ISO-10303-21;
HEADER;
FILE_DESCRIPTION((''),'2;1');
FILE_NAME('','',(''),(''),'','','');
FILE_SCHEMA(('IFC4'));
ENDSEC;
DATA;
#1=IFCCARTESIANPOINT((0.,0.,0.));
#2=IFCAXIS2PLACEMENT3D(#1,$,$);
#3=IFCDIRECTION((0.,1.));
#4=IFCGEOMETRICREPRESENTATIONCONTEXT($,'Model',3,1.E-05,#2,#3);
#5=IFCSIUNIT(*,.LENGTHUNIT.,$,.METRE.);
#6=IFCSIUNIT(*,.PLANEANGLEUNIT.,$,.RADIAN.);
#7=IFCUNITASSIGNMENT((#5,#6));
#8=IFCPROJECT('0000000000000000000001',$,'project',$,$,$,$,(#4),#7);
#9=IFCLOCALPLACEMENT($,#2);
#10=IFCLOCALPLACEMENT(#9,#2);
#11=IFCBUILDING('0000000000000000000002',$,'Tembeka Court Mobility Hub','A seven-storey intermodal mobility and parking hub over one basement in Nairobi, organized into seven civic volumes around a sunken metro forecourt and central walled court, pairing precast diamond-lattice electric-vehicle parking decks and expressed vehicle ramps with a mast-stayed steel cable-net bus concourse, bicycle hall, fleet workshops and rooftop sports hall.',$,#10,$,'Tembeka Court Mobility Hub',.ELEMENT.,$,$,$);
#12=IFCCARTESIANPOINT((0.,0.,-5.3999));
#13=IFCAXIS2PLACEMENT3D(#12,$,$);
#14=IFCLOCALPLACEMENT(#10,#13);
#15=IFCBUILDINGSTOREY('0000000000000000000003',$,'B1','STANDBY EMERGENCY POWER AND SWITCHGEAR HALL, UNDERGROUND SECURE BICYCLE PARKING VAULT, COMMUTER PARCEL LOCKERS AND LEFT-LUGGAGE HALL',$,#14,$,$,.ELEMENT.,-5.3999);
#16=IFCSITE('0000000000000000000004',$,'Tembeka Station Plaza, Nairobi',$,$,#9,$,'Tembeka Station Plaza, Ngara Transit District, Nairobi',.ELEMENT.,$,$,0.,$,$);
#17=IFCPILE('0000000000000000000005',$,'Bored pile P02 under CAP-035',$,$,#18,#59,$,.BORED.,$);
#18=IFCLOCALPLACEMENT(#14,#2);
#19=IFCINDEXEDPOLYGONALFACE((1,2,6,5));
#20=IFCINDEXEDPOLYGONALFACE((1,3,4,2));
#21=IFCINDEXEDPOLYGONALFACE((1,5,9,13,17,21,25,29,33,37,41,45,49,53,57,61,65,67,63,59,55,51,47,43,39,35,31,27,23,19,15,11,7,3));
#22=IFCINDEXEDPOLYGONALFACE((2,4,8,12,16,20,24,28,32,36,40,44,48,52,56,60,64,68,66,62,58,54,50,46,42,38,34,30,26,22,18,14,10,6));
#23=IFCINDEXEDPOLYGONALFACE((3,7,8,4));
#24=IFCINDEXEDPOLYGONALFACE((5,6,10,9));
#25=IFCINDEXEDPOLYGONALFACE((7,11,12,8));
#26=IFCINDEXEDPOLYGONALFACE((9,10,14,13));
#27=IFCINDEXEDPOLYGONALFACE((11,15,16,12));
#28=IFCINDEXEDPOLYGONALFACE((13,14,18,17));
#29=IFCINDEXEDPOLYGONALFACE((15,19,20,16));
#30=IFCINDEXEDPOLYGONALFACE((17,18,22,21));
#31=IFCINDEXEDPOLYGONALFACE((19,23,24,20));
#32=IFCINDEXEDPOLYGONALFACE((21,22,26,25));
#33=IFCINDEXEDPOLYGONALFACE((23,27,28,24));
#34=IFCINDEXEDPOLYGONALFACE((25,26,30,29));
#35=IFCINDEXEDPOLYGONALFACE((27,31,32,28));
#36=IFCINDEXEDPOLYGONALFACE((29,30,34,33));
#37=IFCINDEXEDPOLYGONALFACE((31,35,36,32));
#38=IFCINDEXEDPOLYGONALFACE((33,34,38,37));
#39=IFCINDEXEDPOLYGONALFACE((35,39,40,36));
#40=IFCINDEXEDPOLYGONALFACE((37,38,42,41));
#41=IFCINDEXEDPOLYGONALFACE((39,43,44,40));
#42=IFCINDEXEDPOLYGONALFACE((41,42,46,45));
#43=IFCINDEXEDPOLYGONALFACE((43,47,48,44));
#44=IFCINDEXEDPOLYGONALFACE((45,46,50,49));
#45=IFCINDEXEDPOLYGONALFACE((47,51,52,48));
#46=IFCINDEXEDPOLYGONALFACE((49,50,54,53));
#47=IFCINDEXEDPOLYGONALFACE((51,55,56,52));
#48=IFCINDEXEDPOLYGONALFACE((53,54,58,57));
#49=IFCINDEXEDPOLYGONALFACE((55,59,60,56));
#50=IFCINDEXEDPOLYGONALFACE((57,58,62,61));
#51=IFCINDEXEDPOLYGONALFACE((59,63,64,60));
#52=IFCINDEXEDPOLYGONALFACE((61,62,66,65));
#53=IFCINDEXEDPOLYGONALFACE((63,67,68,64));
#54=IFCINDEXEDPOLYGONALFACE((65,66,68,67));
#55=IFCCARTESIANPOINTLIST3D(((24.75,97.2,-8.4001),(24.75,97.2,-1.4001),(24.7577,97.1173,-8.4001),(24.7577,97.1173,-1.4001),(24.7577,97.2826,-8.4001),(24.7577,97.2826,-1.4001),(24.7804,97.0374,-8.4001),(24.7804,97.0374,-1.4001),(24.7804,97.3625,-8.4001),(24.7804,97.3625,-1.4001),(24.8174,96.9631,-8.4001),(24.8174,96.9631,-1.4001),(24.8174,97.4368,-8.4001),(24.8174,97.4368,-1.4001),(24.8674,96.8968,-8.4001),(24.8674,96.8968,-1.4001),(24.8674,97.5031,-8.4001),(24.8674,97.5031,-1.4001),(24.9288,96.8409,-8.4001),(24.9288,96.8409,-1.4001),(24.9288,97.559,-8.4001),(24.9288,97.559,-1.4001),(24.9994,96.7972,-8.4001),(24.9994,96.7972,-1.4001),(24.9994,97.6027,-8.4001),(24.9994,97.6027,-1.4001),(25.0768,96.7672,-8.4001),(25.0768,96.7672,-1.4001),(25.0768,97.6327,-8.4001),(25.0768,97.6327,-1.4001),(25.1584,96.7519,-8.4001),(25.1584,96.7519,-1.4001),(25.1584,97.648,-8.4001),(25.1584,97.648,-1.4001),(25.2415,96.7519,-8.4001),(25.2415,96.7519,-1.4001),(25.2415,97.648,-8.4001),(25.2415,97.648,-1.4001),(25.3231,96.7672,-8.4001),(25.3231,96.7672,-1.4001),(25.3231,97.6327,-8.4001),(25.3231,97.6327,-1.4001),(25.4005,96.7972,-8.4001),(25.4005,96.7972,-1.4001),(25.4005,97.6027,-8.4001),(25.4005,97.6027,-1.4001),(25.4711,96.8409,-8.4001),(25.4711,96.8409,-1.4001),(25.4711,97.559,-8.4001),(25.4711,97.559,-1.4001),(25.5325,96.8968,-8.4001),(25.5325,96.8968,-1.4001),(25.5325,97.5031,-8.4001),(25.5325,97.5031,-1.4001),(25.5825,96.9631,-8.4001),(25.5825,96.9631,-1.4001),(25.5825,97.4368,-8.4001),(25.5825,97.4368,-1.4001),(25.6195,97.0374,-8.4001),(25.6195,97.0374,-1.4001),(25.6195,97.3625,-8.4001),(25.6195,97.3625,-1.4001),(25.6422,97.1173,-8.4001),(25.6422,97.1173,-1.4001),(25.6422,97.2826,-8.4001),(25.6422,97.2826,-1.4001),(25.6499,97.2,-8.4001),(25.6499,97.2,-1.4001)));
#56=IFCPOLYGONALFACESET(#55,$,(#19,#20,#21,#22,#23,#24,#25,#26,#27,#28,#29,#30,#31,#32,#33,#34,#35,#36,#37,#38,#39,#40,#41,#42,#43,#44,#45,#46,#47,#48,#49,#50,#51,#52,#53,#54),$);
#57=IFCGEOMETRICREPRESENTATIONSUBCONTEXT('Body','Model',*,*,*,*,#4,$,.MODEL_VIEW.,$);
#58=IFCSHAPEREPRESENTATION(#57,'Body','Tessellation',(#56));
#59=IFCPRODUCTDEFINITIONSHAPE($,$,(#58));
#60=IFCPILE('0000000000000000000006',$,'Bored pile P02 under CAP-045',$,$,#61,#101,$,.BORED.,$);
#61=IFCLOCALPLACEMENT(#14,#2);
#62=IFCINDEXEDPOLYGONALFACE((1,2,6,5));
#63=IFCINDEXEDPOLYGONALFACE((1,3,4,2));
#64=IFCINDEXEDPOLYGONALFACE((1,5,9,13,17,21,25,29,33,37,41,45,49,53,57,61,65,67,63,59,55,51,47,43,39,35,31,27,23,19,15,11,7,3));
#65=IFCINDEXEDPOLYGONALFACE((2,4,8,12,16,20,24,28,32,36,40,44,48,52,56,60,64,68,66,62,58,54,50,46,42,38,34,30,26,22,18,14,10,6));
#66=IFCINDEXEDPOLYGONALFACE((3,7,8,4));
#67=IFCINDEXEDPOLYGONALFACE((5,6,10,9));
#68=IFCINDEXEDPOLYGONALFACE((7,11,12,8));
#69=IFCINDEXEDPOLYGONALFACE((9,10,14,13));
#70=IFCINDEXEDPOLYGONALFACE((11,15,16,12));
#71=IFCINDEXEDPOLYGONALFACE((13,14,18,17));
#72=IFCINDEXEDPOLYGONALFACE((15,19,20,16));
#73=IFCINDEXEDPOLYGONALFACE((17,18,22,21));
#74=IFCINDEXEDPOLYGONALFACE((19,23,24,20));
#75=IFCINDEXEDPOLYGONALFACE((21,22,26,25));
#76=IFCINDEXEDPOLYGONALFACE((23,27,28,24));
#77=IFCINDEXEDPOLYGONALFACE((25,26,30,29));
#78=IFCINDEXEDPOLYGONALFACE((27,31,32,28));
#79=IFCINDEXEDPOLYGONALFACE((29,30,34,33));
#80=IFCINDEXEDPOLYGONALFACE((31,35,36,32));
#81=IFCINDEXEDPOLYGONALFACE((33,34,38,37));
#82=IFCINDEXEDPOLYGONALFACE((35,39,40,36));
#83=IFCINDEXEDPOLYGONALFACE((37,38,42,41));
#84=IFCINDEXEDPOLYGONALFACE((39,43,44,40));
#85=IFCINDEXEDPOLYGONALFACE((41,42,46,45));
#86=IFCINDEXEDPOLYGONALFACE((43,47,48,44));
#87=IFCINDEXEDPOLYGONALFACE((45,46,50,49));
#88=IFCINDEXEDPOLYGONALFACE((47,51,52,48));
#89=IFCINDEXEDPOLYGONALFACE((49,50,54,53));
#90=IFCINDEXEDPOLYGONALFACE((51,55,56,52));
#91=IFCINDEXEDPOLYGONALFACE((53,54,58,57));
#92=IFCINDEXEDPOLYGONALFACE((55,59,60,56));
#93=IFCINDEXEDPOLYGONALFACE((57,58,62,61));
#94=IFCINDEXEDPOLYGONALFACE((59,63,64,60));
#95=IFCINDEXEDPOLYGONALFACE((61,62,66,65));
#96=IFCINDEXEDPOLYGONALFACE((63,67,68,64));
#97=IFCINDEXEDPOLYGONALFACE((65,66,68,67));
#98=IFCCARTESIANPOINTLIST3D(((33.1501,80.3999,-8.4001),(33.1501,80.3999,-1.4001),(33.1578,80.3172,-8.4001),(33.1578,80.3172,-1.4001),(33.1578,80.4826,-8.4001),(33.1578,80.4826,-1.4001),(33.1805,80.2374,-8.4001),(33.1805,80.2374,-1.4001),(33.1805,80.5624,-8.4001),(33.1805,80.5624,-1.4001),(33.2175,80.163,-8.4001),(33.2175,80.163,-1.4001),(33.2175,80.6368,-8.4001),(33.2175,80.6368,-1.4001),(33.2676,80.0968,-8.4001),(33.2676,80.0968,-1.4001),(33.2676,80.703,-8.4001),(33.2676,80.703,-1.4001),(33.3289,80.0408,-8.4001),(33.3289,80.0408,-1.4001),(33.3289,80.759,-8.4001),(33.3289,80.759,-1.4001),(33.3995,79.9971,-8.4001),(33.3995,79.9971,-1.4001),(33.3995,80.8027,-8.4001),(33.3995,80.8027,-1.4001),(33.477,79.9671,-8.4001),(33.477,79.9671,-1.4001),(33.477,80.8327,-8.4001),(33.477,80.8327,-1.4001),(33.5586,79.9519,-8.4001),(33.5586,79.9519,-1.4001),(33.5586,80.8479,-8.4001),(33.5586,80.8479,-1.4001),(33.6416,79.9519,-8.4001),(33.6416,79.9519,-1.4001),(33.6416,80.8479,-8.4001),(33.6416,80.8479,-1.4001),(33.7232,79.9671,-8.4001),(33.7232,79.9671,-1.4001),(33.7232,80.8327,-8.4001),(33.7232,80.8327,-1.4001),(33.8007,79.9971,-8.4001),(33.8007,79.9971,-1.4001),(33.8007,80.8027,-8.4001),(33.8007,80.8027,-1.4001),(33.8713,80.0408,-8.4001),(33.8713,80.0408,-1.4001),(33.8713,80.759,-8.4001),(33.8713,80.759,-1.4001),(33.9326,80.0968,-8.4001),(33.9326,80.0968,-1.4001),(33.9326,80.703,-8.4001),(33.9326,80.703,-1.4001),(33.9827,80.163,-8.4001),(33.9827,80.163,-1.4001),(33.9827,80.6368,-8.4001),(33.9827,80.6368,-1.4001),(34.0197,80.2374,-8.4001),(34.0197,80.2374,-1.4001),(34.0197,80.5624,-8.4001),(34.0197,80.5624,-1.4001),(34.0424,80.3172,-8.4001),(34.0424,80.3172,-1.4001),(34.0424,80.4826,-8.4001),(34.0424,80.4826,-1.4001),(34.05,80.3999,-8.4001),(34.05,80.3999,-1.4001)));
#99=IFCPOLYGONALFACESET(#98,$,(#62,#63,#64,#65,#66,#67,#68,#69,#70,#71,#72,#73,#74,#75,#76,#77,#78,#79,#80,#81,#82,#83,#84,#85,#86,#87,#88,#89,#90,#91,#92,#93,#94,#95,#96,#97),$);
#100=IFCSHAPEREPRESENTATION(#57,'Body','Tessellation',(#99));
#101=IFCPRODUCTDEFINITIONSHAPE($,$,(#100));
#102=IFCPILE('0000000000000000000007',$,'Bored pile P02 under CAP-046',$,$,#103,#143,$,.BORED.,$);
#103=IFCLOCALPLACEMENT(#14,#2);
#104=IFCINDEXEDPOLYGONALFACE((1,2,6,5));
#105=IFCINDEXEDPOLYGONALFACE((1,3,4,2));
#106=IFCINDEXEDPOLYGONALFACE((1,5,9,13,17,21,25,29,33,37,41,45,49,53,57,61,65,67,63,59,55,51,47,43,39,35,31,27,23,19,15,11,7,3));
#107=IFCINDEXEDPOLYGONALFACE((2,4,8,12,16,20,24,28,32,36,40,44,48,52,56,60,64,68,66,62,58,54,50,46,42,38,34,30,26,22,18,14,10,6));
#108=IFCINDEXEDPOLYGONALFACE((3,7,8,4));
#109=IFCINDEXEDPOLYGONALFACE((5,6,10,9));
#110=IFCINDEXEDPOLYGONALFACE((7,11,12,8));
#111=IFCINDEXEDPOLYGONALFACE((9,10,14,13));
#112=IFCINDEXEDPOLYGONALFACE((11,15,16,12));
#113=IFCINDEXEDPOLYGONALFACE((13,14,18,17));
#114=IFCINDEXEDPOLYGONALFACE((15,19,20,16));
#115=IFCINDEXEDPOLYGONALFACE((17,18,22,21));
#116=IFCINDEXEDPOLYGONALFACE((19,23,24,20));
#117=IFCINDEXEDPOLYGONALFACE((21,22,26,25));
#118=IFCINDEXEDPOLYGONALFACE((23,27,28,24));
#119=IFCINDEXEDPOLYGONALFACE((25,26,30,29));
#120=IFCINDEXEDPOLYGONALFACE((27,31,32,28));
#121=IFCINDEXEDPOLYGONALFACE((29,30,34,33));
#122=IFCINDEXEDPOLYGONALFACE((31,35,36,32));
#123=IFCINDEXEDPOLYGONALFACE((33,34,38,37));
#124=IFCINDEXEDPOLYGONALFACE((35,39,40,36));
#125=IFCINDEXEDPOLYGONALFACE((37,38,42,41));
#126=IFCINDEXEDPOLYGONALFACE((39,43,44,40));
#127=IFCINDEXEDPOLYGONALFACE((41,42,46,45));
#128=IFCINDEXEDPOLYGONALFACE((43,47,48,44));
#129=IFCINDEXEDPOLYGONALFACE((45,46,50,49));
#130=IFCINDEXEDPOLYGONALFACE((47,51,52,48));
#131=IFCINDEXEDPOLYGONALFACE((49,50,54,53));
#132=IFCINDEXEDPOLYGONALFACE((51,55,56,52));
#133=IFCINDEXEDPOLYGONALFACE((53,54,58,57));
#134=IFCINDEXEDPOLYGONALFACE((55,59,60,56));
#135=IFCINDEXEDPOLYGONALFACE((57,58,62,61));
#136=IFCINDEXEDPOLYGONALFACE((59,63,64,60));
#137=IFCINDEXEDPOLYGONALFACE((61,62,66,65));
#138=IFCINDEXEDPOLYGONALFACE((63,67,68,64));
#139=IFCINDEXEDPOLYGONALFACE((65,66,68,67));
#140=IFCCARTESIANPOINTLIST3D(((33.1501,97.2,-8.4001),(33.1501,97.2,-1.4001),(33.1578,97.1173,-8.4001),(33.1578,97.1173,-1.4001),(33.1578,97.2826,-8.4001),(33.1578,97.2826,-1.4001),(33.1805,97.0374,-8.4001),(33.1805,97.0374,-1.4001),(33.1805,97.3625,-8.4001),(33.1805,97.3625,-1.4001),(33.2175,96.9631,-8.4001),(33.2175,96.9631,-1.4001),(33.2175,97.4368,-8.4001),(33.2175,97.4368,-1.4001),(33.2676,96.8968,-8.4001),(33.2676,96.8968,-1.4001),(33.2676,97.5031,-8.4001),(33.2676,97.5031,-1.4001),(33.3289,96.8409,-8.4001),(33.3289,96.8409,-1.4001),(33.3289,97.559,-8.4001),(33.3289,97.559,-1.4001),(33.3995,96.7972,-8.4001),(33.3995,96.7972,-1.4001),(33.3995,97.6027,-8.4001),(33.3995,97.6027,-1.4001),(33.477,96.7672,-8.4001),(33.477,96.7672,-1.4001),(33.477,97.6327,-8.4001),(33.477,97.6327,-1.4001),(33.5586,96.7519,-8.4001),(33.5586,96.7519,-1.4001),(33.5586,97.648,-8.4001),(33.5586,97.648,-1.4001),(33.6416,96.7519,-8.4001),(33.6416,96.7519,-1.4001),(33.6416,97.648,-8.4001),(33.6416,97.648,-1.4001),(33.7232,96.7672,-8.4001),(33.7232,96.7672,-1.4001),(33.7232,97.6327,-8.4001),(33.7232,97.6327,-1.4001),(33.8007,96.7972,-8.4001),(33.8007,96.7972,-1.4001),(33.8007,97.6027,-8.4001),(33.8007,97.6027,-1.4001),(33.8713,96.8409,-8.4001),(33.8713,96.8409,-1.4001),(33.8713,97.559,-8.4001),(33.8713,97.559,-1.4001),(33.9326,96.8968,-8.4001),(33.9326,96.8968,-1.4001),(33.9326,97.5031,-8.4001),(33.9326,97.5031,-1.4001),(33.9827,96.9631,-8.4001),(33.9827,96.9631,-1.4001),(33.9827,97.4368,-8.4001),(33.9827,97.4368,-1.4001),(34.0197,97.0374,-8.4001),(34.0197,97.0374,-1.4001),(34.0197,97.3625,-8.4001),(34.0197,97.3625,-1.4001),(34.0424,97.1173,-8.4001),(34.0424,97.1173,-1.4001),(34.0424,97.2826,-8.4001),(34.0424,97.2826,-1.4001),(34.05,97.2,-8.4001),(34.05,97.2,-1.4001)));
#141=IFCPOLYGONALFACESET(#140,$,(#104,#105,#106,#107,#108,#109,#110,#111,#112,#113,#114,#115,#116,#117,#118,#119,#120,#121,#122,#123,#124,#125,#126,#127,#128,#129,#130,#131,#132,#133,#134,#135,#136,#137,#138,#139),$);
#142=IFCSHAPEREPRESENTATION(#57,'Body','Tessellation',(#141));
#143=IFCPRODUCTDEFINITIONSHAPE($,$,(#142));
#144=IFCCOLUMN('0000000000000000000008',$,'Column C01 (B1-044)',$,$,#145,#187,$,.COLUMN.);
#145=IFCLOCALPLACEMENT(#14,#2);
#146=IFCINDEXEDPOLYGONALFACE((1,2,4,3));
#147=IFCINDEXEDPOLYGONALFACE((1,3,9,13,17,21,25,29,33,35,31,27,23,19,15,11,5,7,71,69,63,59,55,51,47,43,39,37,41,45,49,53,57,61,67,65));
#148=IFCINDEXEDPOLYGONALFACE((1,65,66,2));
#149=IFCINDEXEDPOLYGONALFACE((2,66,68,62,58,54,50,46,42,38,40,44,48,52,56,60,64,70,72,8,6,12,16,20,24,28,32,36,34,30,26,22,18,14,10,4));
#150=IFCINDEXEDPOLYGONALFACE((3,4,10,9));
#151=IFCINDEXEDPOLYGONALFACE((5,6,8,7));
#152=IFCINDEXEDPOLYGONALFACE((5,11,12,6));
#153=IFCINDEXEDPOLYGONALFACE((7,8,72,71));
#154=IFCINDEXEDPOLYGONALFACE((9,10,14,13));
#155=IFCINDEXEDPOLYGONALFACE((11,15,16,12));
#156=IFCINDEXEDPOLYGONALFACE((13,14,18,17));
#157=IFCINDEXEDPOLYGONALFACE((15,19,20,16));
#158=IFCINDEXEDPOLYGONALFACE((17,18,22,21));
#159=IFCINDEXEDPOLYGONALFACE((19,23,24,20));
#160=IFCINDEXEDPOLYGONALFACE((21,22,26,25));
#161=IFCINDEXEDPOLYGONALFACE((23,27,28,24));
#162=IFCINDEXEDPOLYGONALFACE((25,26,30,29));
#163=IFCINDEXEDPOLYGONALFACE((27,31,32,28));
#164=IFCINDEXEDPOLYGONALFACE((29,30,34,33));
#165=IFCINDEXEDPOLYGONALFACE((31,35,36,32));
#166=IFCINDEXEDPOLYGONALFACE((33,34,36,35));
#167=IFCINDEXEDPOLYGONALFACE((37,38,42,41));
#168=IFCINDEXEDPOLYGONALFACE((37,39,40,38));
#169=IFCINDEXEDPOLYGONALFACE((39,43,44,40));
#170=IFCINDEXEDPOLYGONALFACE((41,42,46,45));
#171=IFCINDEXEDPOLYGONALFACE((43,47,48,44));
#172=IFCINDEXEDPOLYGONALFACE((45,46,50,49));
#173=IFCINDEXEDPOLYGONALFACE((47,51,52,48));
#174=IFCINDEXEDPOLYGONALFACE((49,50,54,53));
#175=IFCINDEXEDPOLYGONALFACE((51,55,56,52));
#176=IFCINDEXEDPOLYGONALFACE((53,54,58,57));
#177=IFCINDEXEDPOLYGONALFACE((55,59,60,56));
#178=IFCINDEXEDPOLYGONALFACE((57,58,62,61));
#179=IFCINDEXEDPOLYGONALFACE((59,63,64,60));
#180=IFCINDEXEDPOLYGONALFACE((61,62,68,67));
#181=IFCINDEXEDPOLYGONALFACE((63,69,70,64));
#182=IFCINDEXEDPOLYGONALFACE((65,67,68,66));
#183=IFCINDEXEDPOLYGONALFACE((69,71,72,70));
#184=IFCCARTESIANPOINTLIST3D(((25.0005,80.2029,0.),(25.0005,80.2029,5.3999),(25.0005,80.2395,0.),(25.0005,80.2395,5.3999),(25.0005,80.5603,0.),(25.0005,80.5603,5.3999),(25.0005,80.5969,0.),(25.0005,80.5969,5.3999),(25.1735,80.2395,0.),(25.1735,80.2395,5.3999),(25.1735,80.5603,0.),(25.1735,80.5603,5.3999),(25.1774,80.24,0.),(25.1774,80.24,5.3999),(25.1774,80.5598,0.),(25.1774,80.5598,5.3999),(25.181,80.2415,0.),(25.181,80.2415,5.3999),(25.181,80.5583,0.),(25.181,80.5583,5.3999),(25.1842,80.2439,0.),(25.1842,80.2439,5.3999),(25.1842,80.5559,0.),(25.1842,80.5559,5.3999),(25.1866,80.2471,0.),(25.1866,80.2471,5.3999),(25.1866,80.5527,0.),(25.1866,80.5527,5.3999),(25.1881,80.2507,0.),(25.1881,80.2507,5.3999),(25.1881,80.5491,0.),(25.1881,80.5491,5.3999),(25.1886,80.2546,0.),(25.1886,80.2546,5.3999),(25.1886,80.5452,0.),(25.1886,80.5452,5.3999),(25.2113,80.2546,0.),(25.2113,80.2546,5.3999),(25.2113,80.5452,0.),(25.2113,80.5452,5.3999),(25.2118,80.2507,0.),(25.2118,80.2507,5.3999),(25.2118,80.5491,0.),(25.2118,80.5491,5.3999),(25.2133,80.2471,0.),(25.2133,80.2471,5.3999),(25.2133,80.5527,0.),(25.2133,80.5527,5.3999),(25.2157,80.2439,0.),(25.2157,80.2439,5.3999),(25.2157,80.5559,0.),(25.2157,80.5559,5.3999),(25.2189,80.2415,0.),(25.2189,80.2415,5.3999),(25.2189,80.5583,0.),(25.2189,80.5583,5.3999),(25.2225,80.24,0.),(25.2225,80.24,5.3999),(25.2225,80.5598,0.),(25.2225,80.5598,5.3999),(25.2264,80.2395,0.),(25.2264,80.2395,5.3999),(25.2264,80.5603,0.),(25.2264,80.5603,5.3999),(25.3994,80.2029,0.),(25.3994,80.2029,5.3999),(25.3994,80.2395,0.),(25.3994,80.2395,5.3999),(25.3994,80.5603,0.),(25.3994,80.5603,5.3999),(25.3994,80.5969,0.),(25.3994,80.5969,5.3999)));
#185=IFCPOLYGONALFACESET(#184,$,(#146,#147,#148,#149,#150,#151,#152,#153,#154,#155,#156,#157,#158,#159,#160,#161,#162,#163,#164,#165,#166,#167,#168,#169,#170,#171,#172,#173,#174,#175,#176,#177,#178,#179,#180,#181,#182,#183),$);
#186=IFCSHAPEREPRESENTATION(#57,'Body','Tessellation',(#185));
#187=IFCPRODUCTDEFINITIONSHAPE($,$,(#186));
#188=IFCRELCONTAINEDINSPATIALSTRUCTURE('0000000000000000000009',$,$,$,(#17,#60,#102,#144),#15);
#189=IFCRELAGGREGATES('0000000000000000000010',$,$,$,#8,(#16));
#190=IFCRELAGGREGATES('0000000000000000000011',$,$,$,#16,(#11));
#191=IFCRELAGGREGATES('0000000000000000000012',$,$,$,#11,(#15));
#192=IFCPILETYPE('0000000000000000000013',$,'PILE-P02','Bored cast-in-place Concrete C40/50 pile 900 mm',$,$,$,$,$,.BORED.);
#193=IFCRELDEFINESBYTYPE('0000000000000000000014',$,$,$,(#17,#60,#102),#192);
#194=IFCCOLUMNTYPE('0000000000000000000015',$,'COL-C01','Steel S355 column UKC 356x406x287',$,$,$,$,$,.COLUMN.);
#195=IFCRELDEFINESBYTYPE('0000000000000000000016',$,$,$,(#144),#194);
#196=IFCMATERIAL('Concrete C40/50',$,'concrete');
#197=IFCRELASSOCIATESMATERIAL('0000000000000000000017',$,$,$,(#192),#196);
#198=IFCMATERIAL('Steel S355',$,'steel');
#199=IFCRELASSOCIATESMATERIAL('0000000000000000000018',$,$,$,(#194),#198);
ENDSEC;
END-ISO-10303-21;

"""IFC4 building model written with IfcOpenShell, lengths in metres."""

from ifc_helpers import new_model, si_unit, direction, frame, origin, origin_2d, place, context, subcontext, project, spatial, circle, i_section, extrude, material, material_profile, profile_set, type_object, element, save


model = new_model("IFC4")

# Units and contexts
model_context = context("Model", 3, precision=1e-05, world=origin(), true_north=direction((0.0, 1.0)))
body_context = subcontext(model_context, "Body", "Model", "MODEL_VIEW")
ifc_project = project(units=[si_unit("LENGTHUNIT", "METRE"), si_unit("PLANEANGLEUNIT", "RADIAN")], contexts=[model_context])

# Site, building, storey
site_placement = place(None, origin())
site = spatial("IfcSite", under=ifc_project, at=site_placement, Name="Tembeka Station Plaza, Nairobi", LongName="Tembeka Station Plaza, Ngara Transit District, Nairobi", CompositionType="ELEMENT", RefElevation=0.0)
building_placement = place(site_placement, origin())
building = spatial("IfcBuilding", under=site, at=building_placement, Name="Tembeka Court Mobility Hub", Description="A seven-storey intermodal mobility and parking hub over one basement in Nairobi, organized into seven civic volumes around a sunken metro forecourt and central walled court, pairing precast diamond-lattice electric-vehicle parking decks and expressed vehicle ramps with a mast-stayed steel cable-net bus concourse, bicycle hall, fleet workshops and rooftop sports hall.", LongName="Tembeka Court Mobility Hub", CompositionType="ELEMENT")
storey_placement = place(building_placement, frame((0.0, 0.0, -5.3999)))
storey = spatial("IfcBuildingStorey", under=building, at=storey_placement, Name="B1", Description="STANDBY EMERGENCY POWER AND SWITCHGEAR HALL, UNDERGROUND SECURE BICYCLE PARKING VAULT, COMMUTER PARCEL LOCKERS AND LEFT-LUGGAGE HALL", CompositionType="ELEMENT", Elevation=-5.3999)

# Shared definitions
ifc_material_1 = material(Name="Concrete C40/50", Category="concrete")

# Piles
ifc_material_profile_1 = material_profile(ifc_material_1, circle(Radius=0.45, at=origin_2d()), Name="PILE D900")
ifc_profile_set_1 = profile_set([ifc_material_profile_1], Name="Concrete C40/50")
pile_type = type_object("IfcPileType", Name="PILE-P02", Description="Bored cast-in-place Concrete C40/50 pile 900 mm", PredefinedType="BORED", material=ifc_profile_set_1)
for number, where, z_axis, x_axis, name in (
    (1, (25.2, 97.2, -1.4001), (0.0, 0.0, -1.0), (1.0, 0.0, 0.0), "Bored pile P02 under CAP-035"),
    (2, (33.6001, 80.3999, -1.4001), (0.0, 0.0, -1.0), (1.0, 0.0, 0.0), "Bored pile P02 under CAP-045"),
    (3, (33.6001, 97.2, -1.4001), (0.0, 0.0, -1.0), (1.0, 0.0, 0.0), "Bored pile P02 under CAP-046"),
):
    element("IfcPile", number, at=place(storey_placement, frame(where, z_axis=z_axis, x_axis=x_axis)), inside=storey, type_object=pile_type, Name=name, PredefinedType="BORED", context=body_context, shape_type="SweptSolid", body=[
        extrude(circle(Radius=0.45, at=origin_2d()), origin(), (0.0, 0.0, 1.0), 7.0),
    ])

# Column
ifc_material_2 = material(Name="Steel S355", Category="steel")
ifc_material_profile_2 = material_profile(ifc_material_2, i_section(OverallWidth=0.3989, OverallDepth=0.394, WebThickness=0.0227, FlangeThickness=0.0366, FilletRadius=0.0151, at=origin_2d()), Name="UKC 356x406x287")
ifc_profile_set_2 = profile_set([ifc_material_profile_2], Name="Steel S355")
column_type_1 = type_object("IfcColumnType", Name="COL-C01", Description="Steel S355 column UKC 356x406x287", PredefinedType="COLUMN", material=ifc_profile_set_2)
for number, where, z_axis, x_axis, name in (
    (4, (25.2, 80.3999, 0.0), (0.0, 0.0, 1.0), (1.0, 0.0, 0.0), "Column C01 (B1-044)"),
):
    element("IfcColumn", number, at=place(storey_placement, frame(where, z_axis=z_axis, x_axis=x_axis)), inside=storey, type_object=column_type_1, Name=name, PredefinedType="COLUMN", context=body_context, shape_type="SweptSolid", body=[
        extrude(i_section(OverallWidth=0.3989, OverallDepth=0.394, WebThickness=0.0227, FlangeThickness=0.0366, FilletRadius=0.0151, at=origin_2d()), origin(), (0.0, 0.0, 1.0), 5.3999),
    ])

save(model, "model.ifc")
